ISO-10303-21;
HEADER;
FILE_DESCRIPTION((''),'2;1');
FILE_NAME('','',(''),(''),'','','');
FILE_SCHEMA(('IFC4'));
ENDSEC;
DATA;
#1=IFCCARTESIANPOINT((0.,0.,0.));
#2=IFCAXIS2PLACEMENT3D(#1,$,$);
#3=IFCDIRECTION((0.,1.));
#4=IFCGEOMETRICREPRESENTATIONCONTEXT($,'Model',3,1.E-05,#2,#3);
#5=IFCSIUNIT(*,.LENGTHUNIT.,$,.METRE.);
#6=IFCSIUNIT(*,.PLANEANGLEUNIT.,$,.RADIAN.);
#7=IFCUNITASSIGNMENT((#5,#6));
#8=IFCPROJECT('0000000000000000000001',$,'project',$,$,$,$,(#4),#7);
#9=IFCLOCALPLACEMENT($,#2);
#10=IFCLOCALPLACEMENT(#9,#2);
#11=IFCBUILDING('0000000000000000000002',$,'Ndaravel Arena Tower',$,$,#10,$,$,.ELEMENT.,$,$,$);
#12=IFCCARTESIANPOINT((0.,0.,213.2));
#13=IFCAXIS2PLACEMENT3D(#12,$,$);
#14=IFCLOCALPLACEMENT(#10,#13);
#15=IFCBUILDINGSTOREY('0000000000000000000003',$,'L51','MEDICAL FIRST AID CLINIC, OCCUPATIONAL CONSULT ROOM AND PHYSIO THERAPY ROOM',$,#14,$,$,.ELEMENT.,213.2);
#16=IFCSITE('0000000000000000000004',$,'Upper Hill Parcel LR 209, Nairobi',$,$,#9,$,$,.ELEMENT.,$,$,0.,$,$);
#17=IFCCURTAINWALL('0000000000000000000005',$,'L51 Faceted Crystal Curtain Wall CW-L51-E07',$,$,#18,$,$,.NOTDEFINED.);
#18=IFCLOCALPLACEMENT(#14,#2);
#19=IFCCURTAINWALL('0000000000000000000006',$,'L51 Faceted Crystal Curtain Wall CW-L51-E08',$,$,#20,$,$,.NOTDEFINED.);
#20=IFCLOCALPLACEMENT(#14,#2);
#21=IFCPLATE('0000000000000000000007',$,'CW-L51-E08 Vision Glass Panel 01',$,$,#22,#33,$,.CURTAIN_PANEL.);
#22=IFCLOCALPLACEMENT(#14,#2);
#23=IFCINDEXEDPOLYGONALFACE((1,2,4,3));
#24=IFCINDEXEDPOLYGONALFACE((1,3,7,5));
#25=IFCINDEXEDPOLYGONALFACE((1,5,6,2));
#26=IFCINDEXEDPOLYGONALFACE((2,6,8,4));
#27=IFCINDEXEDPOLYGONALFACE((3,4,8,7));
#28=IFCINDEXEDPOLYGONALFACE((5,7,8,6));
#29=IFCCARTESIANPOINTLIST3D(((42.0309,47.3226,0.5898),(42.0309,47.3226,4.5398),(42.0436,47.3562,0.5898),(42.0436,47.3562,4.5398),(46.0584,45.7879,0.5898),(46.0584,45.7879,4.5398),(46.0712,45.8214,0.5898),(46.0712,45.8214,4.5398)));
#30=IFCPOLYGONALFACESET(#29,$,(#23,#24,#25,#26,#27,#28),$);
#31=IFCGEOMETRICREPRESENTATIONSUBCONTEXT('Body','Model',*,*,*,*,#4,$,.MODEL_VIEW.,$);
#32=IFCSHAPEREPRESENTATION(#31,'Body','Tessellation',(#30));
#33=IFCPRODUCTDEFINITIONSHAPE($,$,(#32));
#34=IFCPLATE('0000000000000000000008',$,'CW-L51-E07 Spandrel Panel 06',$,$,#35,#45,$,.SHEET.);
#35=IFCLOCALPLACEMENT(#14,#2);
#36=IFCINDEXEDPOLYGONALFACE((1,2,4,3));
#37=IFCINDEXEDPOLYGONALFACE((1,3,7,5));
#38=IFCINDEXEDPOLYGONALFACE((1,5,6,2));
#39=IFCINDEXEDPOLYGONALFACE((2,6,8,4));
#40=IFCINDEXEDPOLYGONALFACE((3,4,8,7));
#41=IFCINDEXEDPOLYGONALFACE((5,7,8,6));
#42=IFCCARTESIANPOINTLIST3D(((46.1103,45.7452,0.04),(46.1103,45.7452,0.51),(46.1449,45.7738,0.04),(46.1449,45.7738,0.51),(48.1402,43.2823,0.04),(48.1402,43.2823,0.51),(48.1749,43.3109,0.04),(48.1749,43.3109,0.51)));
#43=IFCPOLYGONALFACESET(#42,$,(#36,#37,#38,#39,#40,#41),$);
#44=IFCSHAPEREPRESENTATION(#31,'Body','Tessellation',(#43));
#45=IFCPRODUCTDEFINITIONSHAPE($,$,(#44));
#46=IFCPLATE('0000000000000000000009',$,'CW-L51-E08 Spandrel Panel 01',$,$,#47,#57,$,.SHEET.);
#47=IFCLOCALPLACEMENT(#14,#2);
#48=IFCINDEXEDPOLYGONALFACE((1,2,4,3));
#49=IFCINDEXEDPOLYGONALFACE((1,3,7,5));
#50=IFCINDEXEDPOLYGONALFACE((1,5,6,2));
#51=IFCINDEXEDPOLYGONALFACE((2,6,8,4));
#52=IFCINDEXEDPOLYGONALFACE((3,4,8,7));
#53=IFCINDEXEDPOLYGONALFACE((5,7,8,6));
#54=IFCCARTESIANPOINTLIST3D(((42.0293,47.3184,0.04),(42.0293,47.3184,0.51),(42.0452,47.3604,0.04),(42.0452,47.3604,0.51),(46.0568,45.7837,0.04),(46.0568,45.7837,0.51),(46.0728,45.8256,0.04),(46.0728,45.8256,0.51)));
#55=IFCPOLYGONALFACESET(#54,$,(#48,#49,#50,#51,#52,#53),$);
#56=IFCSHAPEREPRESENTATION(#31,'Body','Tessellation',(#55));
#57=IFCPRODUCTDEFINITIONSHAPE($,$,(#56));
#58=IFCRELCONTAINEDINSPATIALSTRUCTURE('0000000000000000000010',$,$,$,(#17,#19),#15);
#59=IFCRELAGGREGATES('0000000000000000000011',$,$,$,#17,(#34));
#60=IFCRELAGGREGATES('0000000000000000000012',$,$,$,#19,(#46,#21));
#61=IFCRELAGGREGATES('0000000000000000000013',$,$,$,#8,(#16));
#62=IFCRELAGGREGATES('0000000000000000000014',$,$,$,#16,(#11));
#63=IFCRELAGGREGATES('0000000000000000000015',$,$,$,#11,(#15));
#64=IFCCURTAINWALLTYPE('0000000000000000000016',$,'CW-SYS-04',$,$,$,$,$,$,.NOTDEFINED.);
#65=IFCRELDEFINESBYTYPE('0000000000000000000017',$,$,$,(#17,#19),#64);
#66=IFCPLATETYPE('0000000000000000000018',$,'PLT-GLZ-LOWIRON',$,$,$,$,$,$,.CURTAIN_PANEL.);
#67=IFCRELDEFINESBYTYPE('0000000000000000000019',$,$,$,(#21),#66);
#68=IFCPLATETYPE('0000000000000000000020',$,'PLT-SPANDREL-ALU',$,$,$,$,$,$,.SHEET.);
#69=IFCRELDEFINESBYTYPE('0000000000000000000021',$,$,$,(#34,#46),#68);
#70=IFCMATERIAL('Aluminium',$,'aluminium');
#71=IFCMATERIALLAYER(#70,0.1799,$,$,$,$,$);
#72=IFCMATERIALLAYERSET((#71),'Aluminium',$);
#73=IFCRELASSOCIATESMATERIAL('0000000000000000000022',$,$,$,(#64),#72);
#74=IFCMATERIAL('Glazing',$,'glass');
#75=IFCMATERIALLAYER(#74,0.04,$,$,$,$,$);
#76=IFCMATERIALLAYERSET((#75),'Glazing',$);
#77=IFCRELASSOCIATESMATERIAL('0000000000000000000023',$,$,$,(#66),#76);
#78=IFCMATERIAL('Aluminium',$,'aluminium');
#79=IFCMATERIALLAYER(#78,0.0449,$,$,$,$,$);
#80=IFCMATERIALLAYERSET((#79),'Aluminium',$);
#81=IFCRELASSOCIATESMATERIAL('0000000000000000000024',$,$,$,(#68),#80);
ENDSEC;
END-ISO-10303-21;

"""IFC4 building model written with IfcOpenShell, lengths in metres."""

from ifc_helpers import new_model, si_unit, direction, frame, origin, origin_2d, place, context, subcontext, project, spatial, rectangle, extrude, material, layer, layer_set, type_object, element, aggregate, save


model = new_model("IFC4")

# Units and contexts
model_context = context("Model", 3, precision=1e-05, world=origin(), true_north=direction((0.0, 1.0)))
body_context = subcontext(model_context, "Body", "Model", "MODEL_VIEW")
ifc_project = project(units=[si_unit("LENGTHUNIT", "METRE"), si_unit("PLANEANGLEUNIT", "RADIAN")], contexts=[model_context])

# Site, building, storey
site_placement = place(None, origin())
site = spatial("IfcSite", under=ifc_project, at=site_placement, Name="Upper Hill Parcel LR 209, Nairobi", CompositionType="ELEMENT", RefElevation=0.0)
building_placement = place(site_placement, origin())
building = spatial("IfcBuilding", under=site, at=building_placement, Name="Ndaravel Arena Tower", CompositionType="ELEMENT")
storey_placement = place(building_placement, frame((0.0, 0.0, 213.2)))
storey = spatial("IfcBuildingStorey", under=building, at=storey_placement, Name="L51", Description="MEDICAL FIRST AID CLINIC, OCCUPATIONAL CONSULT ROOM AND PHYSIO THERAPY ROOM", CompositionType="ELEMENT", Elevation=213.2)

# Curtain walls
ifc_material_1 = material(Name="Aluminium", Category="aluminium")
ifc_layer_1 = layer(ifc_material_1, 0.1799)
ifc_layer_set_1 = layer_set([ifc_layer_1], Name="Aluminium")
curtain_wall_type = type_object("IfcCurtainWallType", Name="CW-SYS-04", PredefinedType="NOTDEFINED", material=ifc_layer_set_1)
curtain_wall_1_placement = place(storey_placement, origin())
curtain_wall_1 = element("IfcCurtainWall", 1, at=curtain_wall_1_placement, inside=storey, type_object=curtain_wall_type, Name="L51 Faceted Crystal Curtain Wall CW-L51-E07", PredefinedType="NOTDEFINED")
curtain_wall_2_placement = place(storey_placement, origin())
curtain_wall_2 = element("IfcCurtainWall", 2, at=curtain_wall_2_placement, inside=storey, type_object=curtain_wall_type, Name="L51 Faceted Crystal Curtain Wall CW-L51-E08", PredefinedType="NOTDEFINED")

# Plates
ifc_material_2 = material(Name="Glazing", Category="glass")
ifc_layer_2 = layer(ifc_material_2, 0.04)
ifc_layer_set_2 = layer_set([ifc_layer_2], Name="Glazing")
plate_type_1 = type_object("IfcPlateType", Name="PLT-GLZ-LOWIRON", PredefinedType="CURTAIN_PANEL", material=ifc_layer_set_2)
plate_1_placement = place(storey_placement, frame((44.051, 46.572, 0.5898), z_axis=(0.0, 0.0, 1.0), x_axis=(-0.934453, 0.356086, 0.0)))
plate_1 = element("IfcPlate", 3, at=plate_1_placement, type_object=plate_type_1, Name="CW-L51-E08 Vision Glass Panel 01", PredefinedType="CURTAIN_PANEL", context=body_context, shape_type="SweptSolid", body=[
    extrude(rectangle(XDim=4.3101, YDim=0.0359, at=origin_2d()), origin(), (0.0, 0.0, 1.0), 3.95),
])
ifc_material_3 = material(Name="Aluminium", Category="aluminium")
ifc_layer_3 = layer(ifc_material_3, 0.0449)
ifc_layer_set_3 = layer_set([ifc_layer_3], Name="Aluminium")
plate_type_2 = type_object("IfcPlateType", Name="PLT-SPANDREL-ALU", PredefinedType="SHEET", material=ifc_layer_set_3)
plate_2_placement = place(storey_placement, frame((47.1426, 44.5281, 0.04), z_axis=(0.0, 0.0, 1.0), x_axis=(-0.636024, 0.771669, 0.0)))
plate_2 = element("IfcPlate", 4, at=plate_2_placement, type_object=plate_type_2, Name="CW-L51-E07 Spandrel Panel 06", PredefinedType="SHEET", context=body_context, shape_type="SweptSolid", body=[
    extrude(rectangle(XDim=3.1917, YDim=0.0449, at=origin_2d()), origin(), (0.0, 0.0, 1.0), 0.47),
])
aggregate(curtain_wall_1, [plate_2])
plate_3_placement = place(storey_placement, frame((44.051, 46.572, 0.04), z_axis=(0.0, 0.0, 1.0), x_axis=(-0.934453, 0.356086, 0.0)))
plate_3 = element("IfcPlate", 5, at=plate_3_placement, type_object=plate_type_2, Name="CW-L51-E08 Spandrel Panel 01", PredefinedType="SHEET", context=body_context, shape_type="SweptSolid", body=[
    extrude(rectangle(XDim=4.3101, YDim=0.0449, at=origin_2d()), origin(), (0.0, 0.0, 1.0), 0.47),
])
aggregate(curtain_wall_2, [plate_3, plate_1])

save(model, "model.ifc")
